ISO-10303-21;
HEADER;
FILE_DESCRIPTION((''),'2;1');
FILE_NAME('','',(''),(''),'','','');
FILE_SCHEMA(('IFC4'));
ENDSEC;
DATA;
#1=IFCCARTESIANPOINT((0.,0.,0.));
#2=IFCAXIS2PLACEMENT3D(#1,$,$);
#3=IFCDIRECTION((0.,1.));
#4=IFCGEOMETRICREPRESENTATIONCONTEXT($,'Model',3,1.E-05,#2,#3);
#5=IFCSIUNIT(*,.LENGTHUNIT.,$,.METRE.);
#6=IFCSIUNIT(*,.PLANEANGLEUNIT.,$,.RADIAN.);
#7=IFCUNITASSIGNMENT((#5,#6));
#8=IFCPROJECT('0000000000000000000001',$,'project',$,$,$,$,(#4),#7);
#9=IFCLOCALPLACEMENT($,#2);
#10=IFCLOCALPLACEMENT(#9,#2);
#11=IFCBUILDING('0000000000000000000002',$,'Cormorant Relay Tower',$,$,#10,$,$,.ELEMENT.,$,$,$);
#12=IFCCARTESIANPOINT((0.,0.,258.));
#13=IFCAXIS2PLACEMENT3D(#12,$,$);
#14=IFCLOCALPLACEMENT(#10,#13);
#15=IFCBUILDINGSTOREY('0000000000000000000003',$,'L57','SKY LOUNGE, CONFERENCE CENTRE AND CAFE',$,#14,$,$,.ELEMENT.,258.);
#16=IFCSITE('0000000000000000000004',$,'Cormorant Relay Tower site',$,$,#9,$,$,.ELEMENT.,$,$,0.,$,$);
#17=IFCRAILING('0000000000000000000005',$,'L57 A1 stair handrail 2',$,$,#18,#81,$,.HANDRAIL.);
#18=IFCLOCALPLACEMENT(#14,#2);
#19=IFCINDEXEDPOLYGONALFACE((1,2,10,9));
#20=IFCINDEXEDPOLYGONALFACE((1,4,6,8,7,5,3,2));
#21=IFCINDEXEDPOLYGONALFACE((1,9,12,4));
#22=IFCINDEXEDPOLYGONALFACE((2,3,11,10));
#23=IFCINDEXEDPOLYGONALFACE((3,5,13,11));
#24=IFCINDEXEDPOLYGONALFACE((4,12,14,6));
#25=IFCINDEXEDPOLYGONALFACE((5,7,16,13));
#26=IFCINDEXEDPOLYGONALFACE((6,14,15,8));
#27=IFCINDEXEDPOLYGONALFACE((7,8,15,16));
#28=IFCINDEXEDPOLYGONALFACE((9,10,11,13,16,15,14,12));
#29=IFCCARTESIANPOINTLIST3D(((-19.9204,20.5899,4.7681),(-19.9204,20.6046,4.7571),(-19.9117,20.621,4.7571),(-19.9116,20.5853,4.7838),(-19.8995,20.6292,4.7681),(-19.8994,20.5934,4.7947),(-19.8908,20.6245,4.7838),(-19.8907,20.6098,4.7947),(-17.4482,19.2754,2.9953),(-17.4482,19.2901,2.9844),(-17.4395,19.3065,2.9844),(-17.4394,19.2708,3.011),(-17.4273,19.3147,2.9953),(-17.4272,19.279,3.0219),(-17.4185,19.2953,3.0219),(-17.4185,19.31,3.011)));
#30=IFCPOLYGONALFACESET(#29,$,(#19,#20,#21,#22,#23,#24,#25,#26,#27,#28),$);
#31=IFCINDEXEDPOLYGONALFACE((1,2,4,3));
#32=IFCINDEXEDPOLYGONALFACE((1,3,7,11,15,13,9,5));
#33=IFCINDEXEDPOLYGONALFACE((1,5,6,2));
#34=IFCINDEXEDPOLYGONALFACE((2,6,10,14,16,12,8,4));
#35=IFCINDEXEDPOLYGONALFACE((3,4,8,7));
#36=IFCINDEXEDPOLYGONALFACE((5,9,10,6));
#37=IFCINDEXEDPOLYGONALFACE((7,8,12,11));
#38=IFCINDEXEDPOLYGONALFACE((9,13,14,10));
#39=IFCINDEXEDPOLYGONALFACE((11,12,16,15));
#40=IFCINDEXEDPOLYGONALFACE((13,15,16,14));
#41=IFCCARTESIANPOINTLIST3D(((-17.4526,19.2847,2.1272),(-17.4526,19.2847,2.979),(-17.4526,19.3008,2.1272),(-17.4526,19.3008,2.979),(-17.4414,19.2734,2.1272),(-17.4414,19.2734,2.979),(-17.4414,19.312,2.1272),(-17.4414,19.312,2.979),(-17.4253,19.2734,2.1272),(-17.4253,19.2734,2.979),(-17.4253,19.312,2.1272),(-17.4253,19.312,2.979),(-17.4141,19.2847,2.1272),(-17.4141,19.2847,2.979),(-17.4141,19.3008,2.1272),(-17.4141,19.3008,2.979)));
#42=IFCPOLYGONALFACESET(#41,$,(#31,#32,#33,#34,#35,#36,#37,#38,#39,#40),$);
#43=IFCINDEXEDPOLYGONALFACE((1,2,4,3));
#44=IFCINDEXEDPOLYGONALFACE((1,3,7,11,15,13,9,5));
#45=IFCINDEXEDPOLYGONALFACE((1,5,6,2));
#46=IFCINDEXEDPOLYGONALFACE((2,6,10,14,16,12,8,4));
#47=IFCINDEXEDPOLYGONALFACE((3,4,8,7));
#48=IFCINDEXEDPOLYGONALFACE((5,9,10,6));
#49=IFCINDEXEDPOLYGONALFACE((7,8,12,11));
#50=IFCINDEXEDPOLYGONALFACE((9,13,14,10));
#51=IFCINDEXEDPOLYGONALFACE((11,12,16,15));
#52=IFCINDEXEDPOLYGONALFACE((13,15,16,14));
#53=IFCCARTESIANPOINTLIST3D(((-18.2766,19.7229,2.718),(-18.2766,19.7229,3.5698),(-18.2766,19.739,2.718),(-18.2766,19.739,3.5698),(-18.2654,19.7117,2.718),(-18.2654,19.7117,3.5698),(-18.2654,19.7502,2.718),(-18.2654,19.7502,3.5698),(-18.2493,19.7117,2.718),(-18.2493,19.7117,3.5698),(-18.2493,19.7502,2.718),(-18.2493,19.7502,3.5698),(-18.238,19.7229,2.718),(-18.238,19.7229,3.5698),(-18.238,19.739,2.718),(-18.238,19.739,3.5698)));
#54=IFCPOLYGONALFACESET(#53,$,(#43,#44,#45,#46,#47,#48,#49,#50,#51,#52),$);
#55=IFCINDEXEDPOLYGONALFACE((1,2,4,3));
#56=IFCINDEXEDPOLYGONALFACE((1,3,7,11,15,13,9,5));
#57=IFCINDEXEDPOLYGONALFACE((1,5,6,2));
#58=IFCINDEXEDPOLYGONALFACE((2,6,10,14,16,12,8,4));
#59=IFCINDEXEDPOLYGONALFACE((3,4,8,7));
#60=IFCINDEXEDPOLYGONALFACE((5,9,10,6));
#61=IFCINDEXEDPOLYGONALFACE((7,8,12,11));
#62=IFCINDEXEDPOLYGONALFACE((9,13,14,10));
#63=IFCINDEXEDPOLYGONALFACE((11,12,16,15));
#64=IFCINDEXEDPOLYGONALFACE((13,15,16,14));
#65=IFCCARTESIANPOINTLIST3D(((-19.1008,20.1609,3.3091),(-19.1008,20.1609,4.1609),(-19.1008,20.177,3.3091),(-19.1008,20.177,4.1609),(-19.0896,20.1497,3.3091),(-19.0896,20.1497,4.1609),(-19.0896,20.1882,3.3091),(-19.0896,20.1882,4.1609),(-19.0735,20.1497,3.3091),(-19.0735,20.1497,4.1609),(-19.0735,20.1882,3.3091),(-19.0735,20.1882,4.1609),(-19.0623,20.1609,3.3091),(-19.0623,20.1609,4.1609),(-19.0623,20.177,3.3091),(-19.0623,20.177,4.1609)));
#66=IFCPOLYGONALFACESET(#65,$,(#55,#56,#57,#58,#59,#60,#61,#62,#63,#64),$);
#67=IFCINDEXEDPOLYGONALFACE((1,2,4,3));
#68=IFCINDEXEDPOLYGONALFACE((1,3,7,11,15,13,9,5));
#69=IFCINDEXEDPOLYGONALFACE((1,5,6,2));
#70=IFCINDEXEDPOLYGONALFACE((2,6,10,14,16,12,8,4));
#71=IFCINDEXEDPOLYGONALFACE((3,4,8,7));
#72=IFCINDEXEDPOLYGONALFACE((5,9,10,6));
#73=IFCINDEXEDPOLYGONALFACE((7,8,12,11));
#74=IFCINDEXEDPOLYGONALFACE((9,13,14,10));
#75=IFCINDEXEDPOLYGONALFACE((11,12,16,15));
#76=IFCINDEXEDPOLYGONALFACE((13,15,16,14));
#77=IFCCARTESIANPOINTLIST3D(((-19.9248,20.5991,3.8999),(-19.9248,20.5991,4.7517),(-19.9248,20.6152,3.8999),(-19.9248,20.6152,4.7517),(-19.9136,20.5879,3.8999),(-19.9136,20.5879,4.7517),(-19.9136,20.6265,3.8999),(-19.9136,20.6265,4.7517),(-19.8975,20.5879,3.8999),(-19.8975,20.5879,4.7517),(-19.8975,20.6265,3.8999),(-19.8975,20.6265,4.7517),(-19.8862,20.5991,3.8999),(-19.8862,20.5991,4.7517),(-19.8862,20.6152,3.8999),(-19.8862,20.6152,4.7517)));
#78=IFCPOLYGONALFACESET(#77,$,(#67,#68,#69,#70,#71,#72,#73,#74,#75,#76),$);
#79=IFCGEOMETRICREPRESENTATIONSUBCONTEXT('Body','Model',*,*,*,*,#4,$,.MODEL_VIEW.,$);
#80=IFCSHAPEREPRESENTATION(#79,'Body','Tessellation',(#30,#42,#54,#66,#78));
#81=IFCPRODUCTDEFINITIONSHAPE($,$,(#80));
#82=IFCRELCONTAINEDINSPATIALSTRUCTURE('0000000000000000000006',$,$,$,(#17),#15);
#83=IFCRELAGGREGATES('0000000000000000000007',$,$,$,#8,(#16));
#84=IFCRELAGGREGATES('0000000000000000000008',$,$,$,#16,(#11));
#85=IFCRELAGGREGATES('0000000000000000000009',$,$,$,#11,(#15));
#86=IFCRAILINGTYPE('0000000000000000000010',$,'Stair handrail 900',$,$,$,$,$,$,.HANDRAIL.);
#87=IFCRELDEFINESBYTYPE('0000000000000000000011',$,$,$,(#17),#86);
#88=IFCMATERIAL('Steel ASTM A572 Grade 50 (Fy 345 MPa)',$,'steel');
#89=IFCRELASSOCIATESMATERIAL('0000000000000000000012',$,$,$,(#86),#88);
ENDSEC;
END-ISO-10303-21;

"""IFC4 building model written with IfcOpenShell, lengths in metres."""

from ifc_helpers import new_model, si_unit, direction, frame, origin, place, context, subcontext, project, spatial, polyline, outline, extrude, material, type_object, element, save


model = new_model("IFC4")

# Units and contexts
model_context = context("Model", 3, precision=1e-05, world=origin(), true_north=direction((0.0, 1.0)))
body_context = subcontext(model_context, "Body", "Model", "MODEL_VIEW")
ifc_project = project(units=[si_unit("LENGTHUNIT", "METRE"), si_unit("PLANEANGLEUNIT", "RADIAN")], contexts=[model_context])

# Site, building, storey
site_placement = place(None, origin())
site = spatial("IfcSite", under=ifc_project, at=site_placement, Name="Cormorant Relay Tower site", CompositionType="ELEMENT", RefElevation=0.0)
building_placement = place(site_placement, origin())
building = spatial("IfcBuilding", under=site, at=building_placement, Name="Cormorant Relay Tower", CompositionType="ELEMENT")
storey_placement = place(building_placement, frame((0.0, 0.0, 258.0)))
storey = spatial("IfcBuildingStorey", under=building, at=storey_placement, Name="L57", Description="SKY LOUNGE, CONFERENCE CENTRE AND CAFE", CompositionType="ELEMENT", Elevation=258.0)

# Railing
ifc_material_1 = material(Name="Steel ASTM A572 Grade 50 (Fy 345 MPa)", Category="steel")
railing_type_1 = type_object("IfcRailingType", Name="Stair handrail 900", PredefinedType="HANDRAIL", material=ifc_material_1)
railing_1_placement = place(storey_placement, frame((-17.4333, 19.2927, 2.1272)))
element("IfcRailing", 1, at=railing_1_placement, inside=storey, type_object=railing_type_1, Name="L57 A1 stair handrail 2", PredefinedType="HANDRAIL", context=body_context, shape_type="SweptSolid", body=[
    extrude(outline(polyline([(0.0222, 0.0093), (0.0093, 0.0222), (-0.0093, 0.0222), (-0.0222, 0.0093), (-0.0222, -0.0093), (-0.0093, -0.0222), (0.0093, -0.0222), (0.0222, -0.0093), (0.0222, 0.0093)])), frame((0.0, 0.0, 0.876), z_axis=(-0.746001, 0.396649, 0.534931), x_axis=(-0.469465, -0.882951, 0.0)), (0.0, 0.0, 1.0), 3.314),
    extrude(outline(polyline([(0.0193, 0.0081), (0.0081, 0.0193), (-0.0081, 0.0193), (-0.0193, 0.0081), (-0.0193, -0.0081), (-0.0081, -0.0193), (0.0081, -0.0193), (0.0193, -0.0081), (0.0193, 0.0081)])), origin(), (0.0, 0.0, 1.0), 0.8518),
    extrude(outline(polyline([(0.0193, 0.0081), (0.0081, 0.0193), (-0.0081, 0.0193), (-0.0193, 0.0081), (-0.0193, -0.0081), (-0.0081, -0.0193), (0.0081, -0.0193), (0.0193, -0.0081), (0.0193, 0.0081)])), frame((-0.824, 0.4382, 0.5908)), (0.0, 0.0, 1.0), 0.8518),
    extrude(outline(polyline([(0.0193, 0.0081), (0.0081, 0.0193), (-0.0081, 0.0193), (-0.0193, 0.0081), (-0.0193, -0.0081), (-0.0081, -0.0193), (0.0081, -0.0193), (0.0193, -0.0081), (0.0193, 0.0081)])), frame((-1.6482, 0.8762, 1.1819)), (0.0, 0.0, 1.0), 0.8518),
    extrude(outline(polyline([(0.0193, 0.0081), (0.0081, 0.0193), (-0.0081, 0.0193), (-0.0193, 0.0081), (-0.0193, -0.0081), (-0.0081, -0.0193), (0.0081, -0.0193), (0.0193, -0.0081), (0.0193, 0.0081)])), frame((-2.4722, 1.3145, 1.7727)), (0.0, 0.0, 1.0), 0.8518),
])

save(model, "model.ifc")
